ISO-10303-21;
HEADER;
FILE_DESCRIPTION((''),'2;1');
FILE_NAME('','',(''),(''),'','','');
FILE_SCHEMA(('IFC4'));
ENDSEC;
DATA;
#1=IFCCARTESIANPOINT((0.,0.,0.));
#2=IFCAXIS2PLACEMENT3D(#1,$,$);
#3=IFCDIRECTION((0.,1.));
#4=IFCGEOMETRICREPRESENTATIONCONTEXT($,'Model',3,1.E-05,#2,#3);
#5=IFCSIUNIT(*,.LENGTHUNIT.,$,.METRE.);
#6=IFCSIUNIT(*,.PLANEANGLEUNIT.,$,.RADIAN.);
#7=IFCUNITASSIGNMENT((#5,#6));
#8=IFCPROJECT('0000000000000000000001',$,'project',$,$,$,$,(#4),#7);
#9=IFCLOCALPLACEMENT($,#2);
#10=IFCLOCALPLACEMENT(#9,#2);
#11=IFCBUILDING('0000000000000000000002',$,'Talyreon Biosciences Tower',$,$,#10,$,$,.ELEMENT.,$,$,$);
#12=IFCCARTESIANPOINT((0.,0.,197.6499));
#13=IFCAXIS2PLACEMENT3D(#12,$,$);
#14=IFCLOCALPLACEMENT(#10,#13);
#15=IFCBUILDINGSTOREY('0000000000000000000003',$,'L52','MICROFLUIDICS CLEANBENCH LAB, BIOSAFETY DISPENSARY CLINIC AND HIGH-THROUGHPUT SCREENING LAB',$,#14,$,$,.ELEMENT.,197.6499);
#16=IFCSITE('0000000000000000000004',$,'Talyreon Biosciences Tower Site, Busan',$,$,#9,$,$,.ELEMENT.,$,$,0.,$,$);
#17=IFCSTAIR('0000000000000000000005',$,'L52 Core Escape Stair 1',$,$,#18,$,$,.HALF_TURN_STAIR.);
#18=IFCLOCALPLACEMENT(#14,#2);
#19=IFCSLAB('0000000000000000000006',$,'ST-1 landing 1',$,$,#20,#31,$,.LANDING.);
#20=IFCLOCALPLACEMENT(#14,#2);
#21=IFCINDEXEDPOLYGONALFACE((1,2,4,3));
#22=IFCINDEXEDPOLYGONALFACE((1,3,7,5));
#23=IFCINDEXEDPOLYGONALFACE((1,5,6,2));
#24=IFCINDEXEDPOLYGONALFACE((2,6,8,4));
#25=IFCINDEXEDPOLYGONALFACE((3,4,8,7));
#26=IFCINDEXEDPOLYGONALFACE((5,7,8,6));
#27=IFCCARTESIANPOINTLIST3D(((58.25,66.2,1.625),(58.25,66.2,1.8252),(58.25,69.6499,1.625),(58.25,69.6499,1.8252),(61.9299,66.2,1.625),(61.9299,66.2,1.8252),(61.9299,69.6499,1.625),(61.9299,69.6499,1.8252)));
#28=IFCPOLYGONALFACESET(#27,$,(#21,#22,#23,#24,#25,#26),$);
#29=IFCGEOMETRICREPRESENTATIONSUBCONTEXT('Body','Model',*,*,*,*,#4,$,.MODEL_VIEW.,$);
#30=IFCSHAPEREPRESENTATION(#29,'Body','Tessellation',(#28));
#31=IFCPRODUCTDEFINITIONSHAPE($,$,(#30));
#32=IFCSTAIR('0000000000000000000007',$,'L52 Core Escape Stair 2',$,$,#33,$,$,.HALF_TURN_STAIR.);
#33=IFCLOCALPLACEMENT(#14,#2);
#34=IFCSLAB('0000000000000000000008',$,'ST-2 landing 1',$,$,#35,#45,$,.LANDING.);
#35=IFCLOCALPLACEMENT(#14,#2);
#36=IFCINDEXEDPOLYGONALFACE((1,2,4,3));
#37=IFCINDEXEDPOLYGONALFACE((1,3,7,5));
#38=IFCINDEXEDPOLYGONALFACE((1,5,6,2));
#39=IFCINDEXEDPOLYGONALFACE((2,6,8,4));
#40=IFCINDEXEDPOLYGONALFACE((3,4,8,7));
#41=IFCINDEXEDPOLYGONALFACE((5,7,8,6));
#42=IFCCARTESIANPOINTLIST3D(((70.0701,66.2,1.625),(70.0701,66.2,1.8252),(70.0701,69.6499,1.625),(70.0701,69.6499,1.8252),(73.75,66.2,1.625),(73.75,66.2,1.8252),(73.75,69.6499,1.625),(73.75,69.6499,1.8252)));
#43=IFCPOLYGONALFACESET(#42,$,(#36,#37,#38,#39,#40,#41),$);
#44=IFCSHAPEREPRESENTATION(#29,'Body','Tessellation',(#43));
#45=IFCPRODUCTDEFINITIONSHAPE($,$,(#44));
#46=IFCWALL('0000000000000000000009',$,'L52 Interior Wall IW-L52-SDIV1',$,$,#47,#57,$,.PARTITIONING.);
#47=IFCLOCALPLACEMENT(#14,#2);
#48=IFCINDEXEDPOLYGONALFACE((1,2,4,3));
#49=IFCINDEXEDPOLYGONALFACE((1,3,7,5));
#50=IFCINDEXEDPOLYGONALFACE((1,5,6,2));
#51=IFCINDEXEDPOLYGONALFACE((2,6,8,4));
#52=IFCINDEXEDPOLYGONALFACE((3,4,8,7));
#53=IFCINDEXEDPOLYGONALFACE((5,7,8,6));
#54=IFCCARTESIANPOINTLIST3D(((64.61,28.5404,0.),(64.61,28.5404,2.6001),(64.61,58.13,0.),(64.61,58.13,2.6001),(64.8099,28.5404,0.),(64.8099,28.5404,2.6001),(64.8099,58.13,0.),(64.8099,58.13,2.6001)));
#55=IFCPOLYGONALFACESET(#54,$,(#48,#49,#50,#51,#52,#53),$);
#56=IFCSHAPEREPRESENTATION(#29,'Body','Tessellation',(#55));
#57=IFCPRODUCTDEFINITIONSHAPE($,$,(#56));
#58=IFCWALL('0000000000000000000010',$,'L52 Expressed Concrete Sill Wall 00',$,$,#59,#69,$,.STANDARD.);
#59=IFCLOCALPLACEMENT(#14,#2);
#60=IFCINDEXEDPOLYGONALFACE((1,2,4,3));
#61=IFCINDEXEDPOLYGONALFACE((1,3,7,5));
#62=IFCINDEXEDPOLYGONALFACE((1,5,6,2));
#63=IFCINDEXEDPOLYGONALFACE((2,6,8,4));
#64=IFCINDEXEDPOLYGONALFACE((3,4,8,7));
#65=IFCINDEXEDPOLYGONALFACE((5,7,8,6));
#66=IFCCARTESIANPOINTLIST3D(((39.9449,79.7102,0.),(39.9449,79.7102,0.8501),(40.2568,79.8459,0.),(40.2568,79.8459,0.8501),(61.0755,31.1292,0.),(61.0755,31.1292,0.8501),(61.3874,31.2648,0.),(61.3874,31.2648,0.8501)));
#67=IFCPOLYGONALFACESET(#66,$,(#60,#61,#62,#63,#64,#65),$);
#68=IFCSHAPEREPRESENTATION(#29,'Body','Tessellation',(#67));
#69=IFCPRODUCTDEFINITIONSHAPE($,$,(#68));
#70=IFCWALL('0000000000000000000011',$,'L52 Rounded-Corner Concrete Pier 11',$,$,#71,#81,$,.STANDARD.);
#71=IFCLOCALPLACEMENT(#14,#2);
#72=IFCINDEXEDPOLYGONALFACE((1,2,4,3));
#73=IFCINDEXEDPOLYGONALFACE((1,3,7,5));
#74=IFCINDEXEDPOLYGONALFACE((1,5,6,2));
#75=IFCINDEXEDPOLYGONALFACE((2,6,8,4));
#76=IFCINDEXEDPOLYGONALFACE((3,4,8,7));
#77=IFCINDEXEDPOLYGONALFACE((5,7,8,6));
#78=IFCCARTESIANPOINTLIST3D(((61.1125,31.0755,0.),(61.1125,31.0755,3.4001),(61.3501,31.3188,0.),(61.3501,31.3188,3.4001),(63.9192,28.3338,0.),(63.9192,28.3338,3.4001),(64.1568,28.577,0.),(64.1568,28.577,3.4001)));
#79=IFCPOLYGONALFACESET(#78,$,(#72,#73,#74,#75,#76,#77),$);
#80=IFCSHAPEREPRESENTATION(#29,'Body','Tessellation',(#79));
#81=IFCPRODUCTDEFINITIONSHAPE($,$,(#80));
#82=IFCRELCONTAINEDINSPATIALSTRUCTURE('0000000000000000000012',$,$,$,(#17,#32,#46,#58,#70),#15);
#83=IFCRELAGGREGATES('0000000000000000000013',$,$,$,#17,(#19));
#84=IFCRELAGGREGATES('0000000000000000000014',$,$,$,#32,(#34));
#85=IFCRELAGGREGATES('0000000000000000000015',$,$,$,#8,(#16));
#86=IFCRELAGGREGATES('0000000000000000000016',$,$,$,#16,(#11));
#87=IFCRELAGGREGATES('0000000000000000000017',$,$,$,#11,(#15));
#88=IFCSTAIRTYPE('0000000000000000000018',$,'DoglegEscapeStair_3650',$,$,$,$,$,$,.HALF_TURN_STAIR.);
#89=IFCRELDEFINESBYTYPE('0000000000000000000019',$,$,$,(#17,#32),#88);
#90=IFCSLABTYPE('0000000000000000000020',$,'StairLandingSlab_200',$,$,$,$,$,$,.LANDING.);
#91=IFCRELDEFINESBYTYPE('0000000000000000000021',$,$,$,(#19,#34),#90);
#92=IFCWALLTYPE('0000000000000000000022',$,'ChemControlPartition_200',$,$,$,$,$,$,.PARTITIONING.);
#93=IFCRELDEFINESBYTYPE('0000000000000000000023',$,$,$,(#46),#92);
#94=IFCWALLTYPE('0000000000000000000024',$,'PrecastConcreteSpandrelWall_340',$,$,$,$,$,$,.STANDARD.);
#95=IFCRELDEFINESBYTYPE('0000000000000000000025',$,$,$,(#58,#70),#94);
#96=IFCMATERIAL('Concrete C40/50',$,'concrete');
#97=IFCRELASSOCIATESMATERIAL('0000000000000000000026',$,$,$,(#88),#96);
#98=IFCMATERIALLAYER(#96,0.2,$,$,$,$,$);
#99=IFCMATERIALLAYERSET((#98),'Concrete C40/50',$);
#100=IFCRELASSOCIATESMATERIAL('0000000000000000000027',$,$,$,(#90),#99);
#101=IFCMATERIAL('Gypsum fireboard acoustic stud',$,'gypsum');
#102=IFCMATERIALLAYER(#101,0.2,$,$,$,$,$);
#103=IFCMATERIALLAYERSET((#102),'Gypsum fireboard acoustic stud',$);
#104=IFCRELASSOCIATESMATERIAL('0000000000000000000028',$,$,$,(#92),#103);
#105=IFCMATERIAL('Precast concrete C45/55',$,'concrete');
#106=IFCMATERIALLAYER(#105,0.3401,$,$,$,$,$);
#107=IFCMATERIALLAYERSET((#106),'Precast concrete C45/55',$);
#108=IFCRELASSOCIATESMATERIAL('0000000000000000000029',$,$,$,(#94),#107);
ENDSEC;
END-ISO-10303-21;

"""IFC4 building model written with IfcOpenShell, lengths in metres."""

from ifc_helpers import new_model, si_unit, direction, frame, frame_2d, origin, place, context, subcontext, project, spatial, polyline, rectangle, outline, extrude, material, layer, layer_set, type_object, element, aggregate, save


model = new_model("IFC4")

# Units and contexts
model_context = context("Model", 3, precision=1e-05, world=origin(), true_north=direction((0.0, 1.0)))
body_context = subcontext(model_context, "Body", "Model", "MODEL_VIEW")
ifc_project = project(units=[si_unit("LENGTHUNIT", "METRE"), si_unit("PLANEANGLEUNIT", "RADIAN")], contexts=[model_context])

# Site, building, storey
site_placement = place(None, origin())
site = spatial("IfcSite", under=ifc_project, at=site_placement, Name="Talyreon Biosciences Tower Site, Busan", CompositionType="ELEMENT", RefElevation=0.0)
building_placement = place(site_placement, origin())
building = spatial("IfcBuilding", under=site, at=building_placement, Name="Talyreon Biosciences Tower", CompositionType="ELEMENT")
storey_placement = place(building_placement, frame((0.0, 0.0, 197.6499)))
storey = spatial("IfcBuildingStorey", under=building, at=storey_placement, Name="L52", Description="MICROFLUIDICS CLEANBENCH LAB, BIOSAFETY DISPENSARY CLINIC AND HIGH-THROUGHPUT SCREENING LAB", CompositionType="ELEMENT", Elevation=197.6499)

# Shared definitions
ifc_material_1 = material(Name="Precast concrete C45/55", Category="concrete")

# Shared definitions
ifc_material_2 = material(Name="Concrete C40/50", Category="concrete")

# Stairs, slabs
stair_type = type_object("IfcStairType", Name="DoglegEscapeStair_3650", PredefinedType="HALF_TURN_STAIR", material=ifc_material_2)
stair_1_placement = place(storey_placement, origin())
stair_1 = element("IfcStair", 1, at=stair_1_placement, inside=storey, type_object=stair_type, Name="L52 Core Escape Stair 1", PredefinedType="HALF_TURN_STAIR")
ifc_layer_1 = layer(ifc_material_2, 0.2)
ifc_layer_set_1 = layer_set([ifc_layer_1], Name="Concrete C40/50")
slab_type_1 = type_object("IfcSlabType", Name="StairLandingSlab_200", PredefinedType="LANDING", material=ifc_layer_set_1)
slab_1_placement = place(storey_placement, frame((0.0, 0.0, 1.625)))
slab_1 = element("IfcSlab", 2, at=slab_1_placement, type_object=slab_type_1, Name="ST-1 landing 1", PredefinedType="LANDING", context=body_context, shape_type="SweptSolid", body=[
    extrude(outline(polyline([(61.9299, 66.2), (61.9299, 69.6499), (58.25, 69.6499), (58.25, 66.2), (61.9299, 66.2)])), origin(), (0.0, 0.0, 1.0), 0.2002),
])
aggregate(stair_1, [slab_1])
stair_2_placement = place(storey_placement, origin())
stair_2 = element("IfcStair", 3, at=stair_2_placement, inside=storey, type_object=stair_type, Name="L52 Core Escape Stair 2", PredefinedType="HALF_TURN_STAIR")
slab_2_placement = place(storey_placement, frame((0.0, 0.0, 1.625)))
slab_2 = element("IfcSlab", 4, at=slab_2_placement, type_object=slab_type_1, Name="ST-2 landing 1", PredefinedType="LANDING", context=body_context, shape_type="SweptSolid", body=[
    extrude(outline(polyline([(73.75, 66.2), (73.75, 69.6499), (70.0701, 69.6499), (70.0701, 66.2), (73.75, 66.2)])), origin(), (0.0, 0.0, 1.0), 0.2002),
])
aggregate(stair_2, [slab_2])

# Walls
ifc_material_3 = material(Name="Gypsum fireboard acoustic stud", Category="gypsum")
ifc_layer_2 = layer(ifc_material_3, 0.2)
ifc_layer_set_2 = layer_set([ifc_layer_2], Name="Gypsum fireboard acoustic stud")
wall_type_1 = type_object("IfcWallType", Name="ChemControlPartition_200", PredefinedType="PARTITIONING", material=ifc_layer_set_2)
wall_1_placement = place(storey_placement, frame((64.71, 28.5403, 0.0), z_axis=(0.0, 0.0, 1.0), x_axis=(0.0, 1.0, 0.0)))
element("IfcWall", 5, at=wall_1_placement, inside=storey, type_object=wall_type_1, Name="L52 Interior Wall IW-L52-SDIV1", PredefinedType="PARTITIONING", context=body_context, shape_type="SweptSolid", body=[
    extrude(rectangle(XDim=29.5896, YDim=0.2, at=frame_2d((14.7949, 0.0))), origin(), (0.0, 0.0, 1.0), 2.6001),
])
ifc_layer_3 = layer(ifc_material_1, 0.3401)
ifc_layer_set_3 = layer_set([ifc_layer_3], Name="Precast concrete C45/55")
wall_type_2 = type_object("IfcWallType", Name="PrecastConcreteSpandrelWall_340", PredefinedType="STANDARD", material=ifc_layer_set_3)
wall_2_placement = place(storey_placement, frame((61.2314, 31.197, 0.0), z_axis=(0.0, 0.0, 1.0), x_axis=(-0.39886, 0.917012, 0.0)))
element("IfcWall", 6, at=wall_2_placement, inside=storey, type_object=wall_type_2, Name="L52 Expressed Concrete Sill Wall 00", PredefinedType="STANDARD", context=body_context, shape_type="SweptSolid", body=[
    extrude(rectangle(XDim=52.9775, YDim=0.3401, at=frame_2d((26.4888, 0.0))), origin(), (0.0, 0.0, 1.0), 0.8501),
])
wall_3_placement = place(storey_placement, frame((64.0381, 28.4553, 0.0), z_axis=(0.0, 0.0, 1.0), x_axis=(-0.715334, 0.698782, 0.0)))
element("IfcWall", 7, at=wall_3_placement, inside=storey, type_object=wall_type_2, Name="L52 Rounded-Corner Concrete Pier 11", PredefinedType="STANDARD", context=body_context, shape_type="SweptSolid", body=[
    extrude(rectangle(XDim=3.9236, YDim=0.3401, at=frame_2d((1.9619, 0.0))), origin(), (0.0, 0.0, 1.0), 3.4001),
])

save(model, "model.ifc")
